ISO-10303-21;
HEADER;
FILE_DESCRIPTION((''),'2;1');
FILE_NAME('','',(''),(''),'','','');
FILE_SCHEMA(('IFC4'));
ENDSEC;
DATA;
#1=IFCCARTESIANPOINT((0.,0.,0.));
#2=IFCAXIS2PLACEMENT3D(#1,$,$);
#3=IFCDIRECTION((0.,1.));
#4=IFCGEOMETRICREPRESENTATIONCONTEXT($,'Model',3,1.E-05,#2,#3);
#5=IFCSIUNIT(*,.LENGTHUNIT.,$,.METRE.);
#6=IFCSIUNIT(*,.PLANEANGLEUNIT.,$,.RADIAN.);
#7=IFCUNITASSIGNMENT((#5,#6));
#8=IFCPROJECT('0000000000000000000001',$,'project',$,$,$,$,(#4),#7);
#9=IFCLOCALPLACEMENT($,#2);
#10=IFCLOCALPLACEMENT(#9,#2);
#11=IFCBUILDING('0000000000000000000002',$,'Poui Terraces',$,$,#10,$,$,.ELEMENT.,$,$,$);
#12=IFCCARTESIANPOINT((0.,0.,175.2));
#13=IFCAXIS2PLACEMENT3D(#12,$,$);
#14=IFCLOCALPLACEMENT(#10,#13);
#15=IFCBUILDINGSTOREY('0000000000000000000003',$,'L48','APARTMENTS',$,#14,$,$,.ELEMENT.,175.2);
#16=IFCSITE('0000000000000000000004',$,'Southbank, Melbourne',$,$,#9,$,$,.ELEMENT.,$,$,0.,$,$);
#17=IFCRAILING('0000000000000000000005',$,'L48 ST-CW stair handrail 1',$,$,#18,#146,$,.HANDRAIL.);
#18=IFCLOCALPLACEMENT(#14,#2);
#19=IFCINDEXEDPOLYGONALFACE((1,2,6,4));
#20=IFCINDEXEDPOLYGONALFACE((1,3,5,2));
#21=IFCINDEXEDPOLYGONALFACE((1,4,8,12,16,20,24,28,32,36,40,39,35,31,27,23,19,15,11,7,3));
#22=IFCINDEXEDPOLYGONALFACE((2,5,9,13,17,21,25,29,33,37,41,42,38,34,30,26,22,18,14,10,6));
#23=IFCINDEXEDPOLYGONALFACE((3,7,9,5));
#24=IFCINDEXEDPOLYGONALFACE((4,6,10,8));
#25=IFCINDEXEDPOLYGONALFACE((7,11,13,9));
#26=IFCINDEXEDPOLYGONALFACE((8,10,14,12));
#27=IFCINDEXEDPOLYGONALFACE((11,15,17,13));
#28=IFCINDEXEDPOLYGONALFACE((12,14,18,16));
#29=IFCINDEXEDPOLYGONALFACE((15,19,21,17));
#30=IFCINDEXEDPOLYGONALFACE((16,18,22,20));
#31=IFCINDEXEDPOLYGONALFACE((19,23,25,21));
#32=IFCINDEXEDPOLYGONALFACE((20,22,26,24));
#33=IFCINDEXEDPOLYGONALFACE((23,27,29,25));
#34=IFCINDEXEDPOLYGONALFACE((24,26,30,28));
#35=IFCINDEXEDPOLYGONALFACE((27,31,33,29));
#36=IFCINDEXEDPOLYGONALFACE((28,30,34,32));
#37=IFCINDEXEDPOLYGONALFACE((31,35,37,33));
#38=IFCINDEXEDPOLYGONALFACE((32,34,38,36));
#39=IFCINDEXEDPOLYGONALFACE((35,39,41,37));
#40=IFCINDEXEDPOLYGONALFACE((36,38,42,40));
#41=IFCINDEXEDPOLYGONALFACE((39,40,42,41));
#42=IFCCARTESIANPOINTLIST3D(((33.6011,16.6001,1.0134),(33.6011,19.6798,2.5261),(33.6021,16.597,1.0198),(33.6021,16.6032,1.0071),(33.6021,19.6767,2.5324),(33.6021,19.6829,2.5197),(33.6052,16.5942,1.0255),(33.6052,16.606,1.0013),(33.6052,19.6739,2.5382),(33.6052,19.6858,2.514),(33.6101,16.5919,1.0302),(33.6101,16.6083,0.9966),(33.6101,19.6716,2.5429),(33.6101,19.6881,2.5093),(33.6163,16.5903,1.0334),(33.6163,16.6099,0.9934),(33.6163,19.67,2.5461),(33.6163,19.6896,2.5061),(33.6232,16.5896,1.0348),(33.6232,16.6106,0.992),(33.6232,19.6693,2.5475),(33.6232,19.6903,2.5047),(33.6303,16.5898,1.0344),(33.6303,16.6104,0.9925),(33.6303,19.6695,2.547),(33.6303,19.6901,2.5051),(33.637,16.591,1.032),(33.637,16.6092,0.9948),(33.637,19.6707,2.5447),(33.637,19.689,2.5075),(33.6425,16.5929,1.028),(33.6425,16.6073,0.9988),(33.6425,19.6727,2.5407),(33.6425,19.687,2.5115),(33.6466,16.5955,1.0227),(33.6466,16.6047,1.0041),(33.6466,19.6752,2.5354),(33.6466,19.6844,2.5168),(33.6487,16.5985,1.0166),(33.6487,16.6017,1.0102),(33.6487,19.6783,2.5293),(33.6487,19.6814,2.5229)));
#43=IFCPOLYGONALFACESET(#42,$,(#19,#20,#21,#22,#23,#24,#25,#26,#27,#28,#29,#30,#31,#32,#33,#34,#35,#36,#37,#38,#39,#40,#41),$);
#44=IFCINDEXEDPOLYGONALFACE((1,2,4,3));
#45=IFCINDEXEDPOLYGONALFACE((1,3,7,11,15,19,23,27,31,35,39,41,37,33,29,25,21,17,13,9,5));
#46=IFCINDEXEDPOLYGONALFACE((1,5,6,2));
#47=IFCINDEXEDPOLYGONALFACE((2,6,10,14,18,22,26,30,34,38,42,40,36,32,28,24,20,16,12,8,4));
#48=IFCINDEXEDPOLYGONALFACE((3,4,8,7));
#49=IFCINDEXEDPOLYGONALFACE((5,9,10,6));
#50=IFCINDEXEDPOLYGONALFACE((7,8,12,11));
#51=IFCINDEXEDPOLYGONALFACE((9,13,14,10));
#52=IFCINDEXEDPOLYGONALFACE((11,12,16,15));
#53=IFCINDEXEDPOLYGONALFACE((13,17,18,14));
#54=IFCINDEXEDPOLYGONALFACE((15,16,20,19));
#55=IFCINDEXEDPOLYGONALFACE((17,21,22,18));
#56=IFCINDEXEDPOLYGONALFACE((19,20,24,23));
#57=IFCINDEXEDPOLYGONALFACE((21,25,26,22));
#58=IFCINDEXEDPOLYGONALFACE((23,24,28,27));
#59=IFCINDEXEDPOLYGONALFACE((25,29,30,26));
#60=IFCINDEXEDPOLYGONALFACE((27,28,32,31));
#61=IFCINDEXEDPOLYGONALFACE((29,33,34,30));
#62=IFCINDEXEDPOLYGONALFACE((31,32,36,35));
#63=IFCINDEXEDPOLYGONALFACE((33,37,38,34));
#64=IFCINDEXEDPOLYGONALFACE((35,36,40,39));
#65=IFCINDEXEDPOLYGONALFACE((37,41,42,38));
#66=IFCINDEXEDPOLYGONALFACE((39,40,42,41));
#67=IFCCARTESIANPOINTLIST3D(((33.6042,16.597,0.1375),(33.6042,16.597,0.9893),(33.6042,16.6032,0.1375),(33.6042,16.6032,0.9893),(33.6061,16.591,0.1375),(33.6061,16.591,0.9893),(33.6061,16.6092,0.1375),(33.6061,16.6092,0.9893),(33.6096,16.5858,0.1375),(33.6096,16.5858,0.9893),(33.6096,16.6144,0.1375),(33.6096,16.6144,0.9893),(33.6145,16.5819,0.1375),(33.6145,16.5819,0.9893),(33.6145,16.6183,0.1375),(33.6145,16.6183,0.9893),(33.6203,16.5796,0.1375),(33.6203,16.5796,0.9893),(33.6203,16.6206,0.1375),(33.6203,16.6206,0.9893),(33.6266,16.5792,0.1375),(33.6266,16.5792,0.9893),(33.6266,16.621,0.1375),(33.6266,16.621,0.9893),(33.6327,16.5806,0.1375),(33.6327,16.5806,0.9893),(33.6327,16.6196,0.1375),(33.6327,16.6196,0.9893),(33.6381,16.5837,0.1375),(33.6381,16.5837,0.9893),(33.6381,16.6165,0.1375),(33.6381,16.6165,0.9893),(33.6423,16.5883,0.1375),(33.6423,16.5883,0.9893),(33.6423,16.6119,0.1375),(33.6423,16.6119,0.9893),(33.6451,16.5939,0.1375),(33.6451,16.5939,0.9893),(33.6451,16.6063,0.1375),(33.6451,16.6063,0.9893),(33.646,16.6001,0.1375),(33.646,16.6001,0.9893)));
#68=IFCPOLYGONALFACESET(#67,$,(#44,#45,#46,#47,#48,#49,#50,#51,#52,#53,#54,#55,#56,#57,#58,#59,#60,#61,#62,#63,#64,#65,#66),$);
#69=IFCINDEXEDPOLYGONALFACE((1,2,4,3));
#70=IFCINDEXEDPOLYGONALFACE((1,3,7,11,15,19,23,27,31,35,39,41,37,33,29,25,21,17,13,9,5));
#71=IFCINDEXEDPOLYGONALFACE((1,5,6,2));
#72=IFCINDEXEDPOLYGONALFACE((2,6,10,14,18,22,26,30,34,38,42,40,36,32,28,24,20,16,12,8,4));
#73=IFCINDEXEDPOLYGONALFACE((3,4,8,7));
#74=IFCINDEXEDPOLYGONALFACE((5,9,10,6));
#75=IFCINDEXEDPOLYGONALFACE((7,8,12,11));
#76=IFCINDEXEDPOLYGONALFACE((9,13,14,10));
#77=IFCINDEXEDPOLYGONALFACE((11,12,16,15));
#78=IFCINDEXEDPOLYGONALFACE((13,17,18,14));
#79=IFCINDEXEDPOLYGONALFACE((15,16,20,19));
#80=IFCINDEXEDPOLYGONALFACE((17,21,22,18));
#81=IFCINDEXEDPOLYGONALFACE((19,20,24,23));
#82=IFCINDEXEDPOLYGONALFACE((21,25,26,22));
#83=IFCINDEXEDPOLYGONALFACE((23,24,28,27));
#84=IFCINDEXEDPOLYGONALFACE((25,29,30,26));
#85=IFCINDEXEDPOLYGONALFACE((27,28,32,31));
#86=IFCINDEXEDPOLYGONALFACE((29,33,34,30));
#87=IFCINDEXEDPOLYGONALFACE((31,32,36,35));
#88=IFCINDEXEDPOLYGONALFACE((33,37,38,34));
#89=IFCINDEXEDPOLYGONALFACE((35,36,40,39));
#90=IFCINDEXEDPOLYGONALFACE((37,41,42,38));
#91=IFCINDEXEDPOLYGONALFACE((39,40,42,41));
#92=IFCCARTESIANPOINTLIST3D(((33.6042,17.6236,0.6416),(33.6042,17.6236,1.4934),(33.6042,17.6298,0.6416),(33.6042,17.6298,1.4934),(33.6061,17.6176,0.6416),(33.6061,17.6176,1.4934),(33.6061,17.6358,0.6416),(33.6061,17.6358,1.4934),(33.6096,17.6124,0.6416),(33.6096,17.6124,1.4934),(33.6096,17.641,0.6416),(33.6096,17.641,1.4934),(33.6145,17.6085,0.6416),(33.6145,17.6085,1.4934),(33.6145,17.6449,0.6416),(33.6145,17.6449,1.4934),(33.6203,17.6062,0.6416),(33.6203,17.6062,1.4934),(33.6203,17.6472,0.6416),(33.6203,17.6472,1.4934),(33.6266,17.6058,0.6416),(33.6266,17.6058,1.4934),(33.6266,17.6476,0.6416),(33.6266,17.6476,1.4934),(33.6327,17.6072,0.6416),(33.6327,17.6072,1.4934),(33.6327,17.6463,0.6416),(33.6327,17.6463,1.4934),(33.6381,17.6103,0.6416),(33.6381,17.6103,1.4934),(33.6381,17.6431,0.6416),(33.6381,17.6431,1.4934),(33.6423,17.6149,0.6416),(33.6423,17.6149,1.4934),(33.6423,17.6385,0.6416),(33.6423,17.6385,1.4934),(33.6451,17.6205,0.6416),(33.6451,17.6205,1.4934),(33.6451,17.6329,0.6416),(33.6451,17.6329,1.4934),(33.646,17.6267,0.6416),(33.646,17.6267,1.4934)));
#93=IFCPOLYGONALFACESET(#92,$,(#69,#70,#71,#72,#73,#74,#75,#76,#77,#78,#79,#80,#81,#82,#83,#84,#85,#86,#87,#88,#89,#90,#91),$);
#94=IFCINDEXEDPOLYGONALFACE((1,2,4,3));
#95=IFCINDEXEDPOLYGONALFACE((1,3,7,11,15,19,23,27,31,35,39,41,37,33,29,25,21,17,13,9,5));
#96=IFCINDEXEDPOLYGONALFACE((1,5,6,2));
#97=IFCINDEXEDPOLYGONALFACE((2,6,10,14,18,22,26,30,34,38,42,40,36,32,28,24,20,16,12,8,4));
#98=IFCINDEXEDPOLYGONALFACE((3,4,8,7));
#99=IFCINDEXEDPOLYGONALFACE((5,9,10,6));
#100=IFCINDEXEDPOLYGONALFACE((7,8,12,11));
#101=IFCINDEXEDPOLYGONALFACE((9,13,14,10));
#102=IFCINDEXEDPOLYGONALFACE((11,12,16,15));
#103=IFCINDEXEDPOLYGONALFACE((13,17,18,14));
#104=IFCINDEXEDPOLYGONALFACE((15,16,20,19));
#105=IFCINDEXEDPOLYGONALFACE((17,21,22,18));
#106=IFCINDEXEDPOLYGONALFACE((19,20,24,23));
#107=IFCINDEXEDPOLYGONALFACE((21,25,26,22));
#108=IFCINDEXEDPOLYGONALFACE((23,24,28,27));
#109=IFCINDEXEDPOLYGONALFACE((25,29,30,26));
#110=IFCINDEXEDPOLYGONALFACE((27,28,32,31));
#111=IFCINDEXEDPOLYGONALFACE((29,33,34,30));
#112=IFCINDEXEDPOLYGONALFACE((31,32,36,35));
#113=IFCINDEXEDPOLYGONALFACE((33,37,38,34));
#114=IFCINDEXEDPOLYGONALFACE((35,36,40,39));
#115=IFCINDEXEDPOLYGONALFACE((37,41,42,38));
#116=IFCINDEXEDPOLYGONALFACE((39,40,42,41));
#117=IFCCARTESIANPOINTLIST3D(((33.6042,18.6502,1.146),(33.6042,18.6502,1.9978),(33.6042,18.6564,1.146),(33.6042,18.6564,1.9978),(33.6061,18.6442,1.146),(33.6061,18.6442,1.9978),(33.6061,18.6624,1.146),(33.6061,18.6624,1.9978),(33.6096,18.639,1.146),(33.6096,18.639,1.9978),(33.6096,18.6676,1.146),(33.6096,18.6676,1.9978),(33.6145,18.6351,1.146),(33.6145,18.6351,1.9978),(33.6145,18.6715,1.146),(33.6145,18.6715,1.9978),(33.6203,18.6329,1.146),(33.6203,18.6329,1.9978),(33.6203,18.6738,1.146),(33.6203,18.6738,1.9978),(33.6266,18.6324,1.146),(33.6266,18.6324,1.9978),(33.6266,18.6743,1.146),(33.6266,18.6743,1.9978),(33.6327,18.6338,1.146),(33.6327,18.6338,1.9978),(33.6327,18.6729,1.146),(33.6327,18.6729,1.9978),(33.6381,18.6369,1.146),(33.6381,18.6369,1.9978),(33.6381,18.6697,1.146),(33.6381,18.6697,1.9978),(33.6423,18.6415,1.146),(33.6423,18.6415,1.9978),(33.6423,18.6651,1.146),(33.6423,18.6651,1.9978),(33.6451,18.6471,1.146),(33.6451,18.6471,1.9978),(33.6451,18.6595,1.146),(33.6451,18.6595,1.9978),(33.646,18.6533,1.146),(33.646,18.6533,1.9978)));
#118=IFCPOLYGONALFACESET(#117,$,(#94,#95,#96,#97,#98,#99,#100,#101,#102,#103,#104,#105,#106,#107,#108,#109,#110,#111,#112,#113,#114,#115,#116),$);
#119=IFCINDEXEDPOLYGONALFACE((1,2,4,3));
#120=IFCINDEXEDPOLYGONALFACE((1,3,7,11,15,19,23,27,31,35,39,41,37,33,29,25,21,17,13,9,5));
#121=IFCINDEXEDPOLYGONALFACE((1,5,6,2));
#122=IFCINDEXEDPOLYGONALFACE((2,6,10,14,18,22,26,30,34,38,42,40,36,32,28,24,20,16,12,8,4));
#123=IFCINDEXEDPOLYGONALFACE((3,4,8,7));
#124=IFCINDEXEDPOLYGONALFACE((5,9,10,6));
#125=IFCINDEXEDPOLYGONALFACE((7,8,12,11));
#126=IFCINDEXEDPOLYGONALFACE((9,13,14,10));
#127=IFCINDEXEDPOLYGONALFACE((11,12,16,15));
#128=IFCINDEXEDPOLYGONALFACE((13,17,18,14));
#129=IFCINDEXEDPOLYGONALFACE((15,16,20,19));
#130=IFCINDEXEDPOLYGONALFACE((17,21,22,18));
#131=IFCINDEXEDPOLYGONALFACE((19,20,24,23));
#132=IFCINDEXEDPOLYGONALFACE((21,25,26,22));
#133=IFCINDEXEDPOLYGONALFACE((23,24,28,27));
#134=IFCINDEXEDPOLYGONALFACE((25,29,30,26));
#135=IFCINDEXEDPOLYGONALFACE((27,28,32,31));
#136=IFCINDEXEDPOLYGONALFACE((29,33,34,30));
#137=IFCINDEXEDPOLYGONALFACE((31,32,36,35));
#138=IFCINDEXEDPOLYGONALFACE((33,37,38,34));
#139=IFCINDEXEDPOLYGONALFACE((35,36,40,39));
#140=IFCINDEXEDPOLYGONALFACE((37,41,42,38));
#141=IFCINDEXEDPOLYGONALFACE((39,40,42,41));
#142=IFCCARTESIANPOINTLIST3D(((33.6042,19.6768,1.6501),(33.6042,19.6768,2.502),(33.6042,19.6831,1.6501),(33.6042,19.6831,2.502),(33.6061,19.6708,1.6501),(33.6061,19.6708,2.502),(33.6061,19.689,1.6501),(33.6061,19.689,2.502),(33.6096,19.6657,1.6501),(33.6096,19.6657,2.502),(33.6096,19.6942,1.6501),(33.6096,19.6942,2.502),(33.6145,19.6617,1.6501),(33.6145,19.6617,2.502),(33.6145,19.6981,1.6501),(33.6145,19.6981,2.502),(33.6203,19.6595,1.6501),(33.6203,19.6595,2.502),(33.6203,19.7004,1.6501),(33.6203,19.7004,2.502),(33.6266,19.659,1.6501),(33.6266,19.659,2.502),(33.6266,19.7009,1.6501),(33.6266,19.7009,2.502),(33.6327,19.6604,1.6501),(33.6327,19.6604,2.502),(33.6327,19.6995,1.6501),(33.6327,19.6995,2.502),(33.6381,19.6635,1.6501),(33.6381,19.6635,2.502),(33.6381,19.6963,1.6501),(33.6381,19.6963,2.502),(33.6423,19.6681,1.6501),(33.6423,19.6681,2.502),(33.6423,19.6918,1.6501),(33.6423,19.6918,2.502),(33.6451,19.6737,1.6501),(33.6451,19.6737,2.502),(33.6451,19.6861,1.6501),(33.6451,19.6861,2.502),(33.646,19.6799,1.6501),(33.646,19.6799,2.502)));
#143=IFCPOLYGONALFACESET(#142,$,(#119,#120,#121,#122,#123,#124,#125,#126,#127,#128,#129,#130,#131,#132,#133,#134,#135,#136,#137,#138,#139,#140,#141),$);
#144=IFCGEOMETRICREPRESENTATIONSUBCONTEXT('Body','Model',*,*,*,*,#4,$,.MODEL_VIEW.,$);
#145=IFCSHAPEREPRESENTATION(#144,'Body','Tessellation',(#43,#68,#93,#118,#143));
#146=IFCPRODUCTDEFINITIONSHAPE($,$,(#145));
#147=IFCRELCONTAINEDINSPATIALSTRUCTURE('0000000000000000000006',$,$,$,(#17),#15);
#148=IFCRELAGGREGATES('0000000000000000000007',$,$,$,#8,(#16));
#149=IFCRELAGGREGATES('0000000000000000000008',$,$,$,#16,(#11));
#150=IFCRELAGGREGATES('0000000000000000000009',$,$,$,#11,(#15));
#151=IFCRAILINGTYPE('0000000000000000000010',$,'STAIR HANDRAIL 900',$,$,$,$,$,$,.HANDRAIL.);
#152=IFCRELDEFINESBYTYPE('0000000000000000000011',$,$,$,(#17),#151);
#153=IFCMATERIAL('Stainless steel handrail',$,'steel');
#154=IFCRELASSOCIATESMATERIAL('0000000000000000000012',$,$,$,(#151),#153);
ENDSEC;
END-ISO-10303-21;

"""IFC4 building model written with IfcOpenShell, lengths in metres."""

from ifc_helpers import new_model, si_unit, direction, frame, origin, origin_2d, place, context, subcontext, project, spatial, circle, extrude, material, type_object, element, save


model = new_model("IFC4")

# Units and contexts
model_context = context("Model", 3, precision=1e-05, world=origin(), true_north=direction((0.0, 1.0)))
body_context = subcontext(model_context, "Body", "Model", "MODEL_VIEW")
ifc_project = project(units=[si_unit("LENGTHUNIT", "METRE"), si_unit("PLANEANGLEUNIT", "RADIAN")], contexts=[model_context])

# Site, building, storey
site_placement = place(None, origin())
site = spatial("IfcSite", under=ifc_project, at=site_placement, Name="Southbank, Melbourne", CompositionType="ELEMENT", RefElevation=0.0)
building_placement = place(site_placement, origin())
building = spatial("IfcBuilding", under=site, at=building_placement, Name="Poui Terraces", CompositionType="ELEMENT")
storey_placement = place(building_placement, frame((0.0, 0.0, 175.2)))
storey = spatial("IfcBuildingStorey", under=building, at=storey_placement, Name="L48", Description="APARTMENTS", CompositionType="ELEMENT", Elevation=175.2)

# Railing
ifc_material_1 = material(Name="Stainless steel handrail", Category="steel")
railing_type_1 = type_object("IfcRailingType", Name="STAIR HANDRAIL 900", PredefinedType="HANDRAIL", material=ifc_material_1)
railing_1_placement = place(storey_placement, frame((33.625, 16.6001, 0.1375)))
element("IfcRailing", 1, at=railing_1_placement, inside=storey, type_object=railing_type_1, Name="L48 ST-CW stair handrail 1", PredefinedType="HANDRAIL", context=body_context, shape_type="SweptSolid", body=[
    extrude(circle(Radius=0.0239, at=origin_2d()), frame((0.0, 0.0, 0.876), z_axis=(0.0, 0.897578, 0.440856), x_axis=(-1.0, 0.0, 0.0)), (0.0, 0.0, 1.0), 3.4312),
    extrude(circle(Radius=0.021, at=origin_2d()), origin(), (0.0, 0.0, 1.0), 0.8518),
    extrude(circle(Radius=0.021, at=origin_2d()), frame((0.0, 1.0266, 0.5042)), (0.0, 0.0, 1.0), 0.8518),
    extrude(circle(Radius=0.021, at=origin_2d()), frame((0.0, 2.0532, 1.0085)), (0.0, 0.0, 1.0), 0.8518),
    extrude(circle(Radius=0.021, at=origin_2d()), frame((0.0, 3.0798, 1.5127)), (0.0, 0.0, 1.0), 0.8518),
])

save(model, "model.ifc")
